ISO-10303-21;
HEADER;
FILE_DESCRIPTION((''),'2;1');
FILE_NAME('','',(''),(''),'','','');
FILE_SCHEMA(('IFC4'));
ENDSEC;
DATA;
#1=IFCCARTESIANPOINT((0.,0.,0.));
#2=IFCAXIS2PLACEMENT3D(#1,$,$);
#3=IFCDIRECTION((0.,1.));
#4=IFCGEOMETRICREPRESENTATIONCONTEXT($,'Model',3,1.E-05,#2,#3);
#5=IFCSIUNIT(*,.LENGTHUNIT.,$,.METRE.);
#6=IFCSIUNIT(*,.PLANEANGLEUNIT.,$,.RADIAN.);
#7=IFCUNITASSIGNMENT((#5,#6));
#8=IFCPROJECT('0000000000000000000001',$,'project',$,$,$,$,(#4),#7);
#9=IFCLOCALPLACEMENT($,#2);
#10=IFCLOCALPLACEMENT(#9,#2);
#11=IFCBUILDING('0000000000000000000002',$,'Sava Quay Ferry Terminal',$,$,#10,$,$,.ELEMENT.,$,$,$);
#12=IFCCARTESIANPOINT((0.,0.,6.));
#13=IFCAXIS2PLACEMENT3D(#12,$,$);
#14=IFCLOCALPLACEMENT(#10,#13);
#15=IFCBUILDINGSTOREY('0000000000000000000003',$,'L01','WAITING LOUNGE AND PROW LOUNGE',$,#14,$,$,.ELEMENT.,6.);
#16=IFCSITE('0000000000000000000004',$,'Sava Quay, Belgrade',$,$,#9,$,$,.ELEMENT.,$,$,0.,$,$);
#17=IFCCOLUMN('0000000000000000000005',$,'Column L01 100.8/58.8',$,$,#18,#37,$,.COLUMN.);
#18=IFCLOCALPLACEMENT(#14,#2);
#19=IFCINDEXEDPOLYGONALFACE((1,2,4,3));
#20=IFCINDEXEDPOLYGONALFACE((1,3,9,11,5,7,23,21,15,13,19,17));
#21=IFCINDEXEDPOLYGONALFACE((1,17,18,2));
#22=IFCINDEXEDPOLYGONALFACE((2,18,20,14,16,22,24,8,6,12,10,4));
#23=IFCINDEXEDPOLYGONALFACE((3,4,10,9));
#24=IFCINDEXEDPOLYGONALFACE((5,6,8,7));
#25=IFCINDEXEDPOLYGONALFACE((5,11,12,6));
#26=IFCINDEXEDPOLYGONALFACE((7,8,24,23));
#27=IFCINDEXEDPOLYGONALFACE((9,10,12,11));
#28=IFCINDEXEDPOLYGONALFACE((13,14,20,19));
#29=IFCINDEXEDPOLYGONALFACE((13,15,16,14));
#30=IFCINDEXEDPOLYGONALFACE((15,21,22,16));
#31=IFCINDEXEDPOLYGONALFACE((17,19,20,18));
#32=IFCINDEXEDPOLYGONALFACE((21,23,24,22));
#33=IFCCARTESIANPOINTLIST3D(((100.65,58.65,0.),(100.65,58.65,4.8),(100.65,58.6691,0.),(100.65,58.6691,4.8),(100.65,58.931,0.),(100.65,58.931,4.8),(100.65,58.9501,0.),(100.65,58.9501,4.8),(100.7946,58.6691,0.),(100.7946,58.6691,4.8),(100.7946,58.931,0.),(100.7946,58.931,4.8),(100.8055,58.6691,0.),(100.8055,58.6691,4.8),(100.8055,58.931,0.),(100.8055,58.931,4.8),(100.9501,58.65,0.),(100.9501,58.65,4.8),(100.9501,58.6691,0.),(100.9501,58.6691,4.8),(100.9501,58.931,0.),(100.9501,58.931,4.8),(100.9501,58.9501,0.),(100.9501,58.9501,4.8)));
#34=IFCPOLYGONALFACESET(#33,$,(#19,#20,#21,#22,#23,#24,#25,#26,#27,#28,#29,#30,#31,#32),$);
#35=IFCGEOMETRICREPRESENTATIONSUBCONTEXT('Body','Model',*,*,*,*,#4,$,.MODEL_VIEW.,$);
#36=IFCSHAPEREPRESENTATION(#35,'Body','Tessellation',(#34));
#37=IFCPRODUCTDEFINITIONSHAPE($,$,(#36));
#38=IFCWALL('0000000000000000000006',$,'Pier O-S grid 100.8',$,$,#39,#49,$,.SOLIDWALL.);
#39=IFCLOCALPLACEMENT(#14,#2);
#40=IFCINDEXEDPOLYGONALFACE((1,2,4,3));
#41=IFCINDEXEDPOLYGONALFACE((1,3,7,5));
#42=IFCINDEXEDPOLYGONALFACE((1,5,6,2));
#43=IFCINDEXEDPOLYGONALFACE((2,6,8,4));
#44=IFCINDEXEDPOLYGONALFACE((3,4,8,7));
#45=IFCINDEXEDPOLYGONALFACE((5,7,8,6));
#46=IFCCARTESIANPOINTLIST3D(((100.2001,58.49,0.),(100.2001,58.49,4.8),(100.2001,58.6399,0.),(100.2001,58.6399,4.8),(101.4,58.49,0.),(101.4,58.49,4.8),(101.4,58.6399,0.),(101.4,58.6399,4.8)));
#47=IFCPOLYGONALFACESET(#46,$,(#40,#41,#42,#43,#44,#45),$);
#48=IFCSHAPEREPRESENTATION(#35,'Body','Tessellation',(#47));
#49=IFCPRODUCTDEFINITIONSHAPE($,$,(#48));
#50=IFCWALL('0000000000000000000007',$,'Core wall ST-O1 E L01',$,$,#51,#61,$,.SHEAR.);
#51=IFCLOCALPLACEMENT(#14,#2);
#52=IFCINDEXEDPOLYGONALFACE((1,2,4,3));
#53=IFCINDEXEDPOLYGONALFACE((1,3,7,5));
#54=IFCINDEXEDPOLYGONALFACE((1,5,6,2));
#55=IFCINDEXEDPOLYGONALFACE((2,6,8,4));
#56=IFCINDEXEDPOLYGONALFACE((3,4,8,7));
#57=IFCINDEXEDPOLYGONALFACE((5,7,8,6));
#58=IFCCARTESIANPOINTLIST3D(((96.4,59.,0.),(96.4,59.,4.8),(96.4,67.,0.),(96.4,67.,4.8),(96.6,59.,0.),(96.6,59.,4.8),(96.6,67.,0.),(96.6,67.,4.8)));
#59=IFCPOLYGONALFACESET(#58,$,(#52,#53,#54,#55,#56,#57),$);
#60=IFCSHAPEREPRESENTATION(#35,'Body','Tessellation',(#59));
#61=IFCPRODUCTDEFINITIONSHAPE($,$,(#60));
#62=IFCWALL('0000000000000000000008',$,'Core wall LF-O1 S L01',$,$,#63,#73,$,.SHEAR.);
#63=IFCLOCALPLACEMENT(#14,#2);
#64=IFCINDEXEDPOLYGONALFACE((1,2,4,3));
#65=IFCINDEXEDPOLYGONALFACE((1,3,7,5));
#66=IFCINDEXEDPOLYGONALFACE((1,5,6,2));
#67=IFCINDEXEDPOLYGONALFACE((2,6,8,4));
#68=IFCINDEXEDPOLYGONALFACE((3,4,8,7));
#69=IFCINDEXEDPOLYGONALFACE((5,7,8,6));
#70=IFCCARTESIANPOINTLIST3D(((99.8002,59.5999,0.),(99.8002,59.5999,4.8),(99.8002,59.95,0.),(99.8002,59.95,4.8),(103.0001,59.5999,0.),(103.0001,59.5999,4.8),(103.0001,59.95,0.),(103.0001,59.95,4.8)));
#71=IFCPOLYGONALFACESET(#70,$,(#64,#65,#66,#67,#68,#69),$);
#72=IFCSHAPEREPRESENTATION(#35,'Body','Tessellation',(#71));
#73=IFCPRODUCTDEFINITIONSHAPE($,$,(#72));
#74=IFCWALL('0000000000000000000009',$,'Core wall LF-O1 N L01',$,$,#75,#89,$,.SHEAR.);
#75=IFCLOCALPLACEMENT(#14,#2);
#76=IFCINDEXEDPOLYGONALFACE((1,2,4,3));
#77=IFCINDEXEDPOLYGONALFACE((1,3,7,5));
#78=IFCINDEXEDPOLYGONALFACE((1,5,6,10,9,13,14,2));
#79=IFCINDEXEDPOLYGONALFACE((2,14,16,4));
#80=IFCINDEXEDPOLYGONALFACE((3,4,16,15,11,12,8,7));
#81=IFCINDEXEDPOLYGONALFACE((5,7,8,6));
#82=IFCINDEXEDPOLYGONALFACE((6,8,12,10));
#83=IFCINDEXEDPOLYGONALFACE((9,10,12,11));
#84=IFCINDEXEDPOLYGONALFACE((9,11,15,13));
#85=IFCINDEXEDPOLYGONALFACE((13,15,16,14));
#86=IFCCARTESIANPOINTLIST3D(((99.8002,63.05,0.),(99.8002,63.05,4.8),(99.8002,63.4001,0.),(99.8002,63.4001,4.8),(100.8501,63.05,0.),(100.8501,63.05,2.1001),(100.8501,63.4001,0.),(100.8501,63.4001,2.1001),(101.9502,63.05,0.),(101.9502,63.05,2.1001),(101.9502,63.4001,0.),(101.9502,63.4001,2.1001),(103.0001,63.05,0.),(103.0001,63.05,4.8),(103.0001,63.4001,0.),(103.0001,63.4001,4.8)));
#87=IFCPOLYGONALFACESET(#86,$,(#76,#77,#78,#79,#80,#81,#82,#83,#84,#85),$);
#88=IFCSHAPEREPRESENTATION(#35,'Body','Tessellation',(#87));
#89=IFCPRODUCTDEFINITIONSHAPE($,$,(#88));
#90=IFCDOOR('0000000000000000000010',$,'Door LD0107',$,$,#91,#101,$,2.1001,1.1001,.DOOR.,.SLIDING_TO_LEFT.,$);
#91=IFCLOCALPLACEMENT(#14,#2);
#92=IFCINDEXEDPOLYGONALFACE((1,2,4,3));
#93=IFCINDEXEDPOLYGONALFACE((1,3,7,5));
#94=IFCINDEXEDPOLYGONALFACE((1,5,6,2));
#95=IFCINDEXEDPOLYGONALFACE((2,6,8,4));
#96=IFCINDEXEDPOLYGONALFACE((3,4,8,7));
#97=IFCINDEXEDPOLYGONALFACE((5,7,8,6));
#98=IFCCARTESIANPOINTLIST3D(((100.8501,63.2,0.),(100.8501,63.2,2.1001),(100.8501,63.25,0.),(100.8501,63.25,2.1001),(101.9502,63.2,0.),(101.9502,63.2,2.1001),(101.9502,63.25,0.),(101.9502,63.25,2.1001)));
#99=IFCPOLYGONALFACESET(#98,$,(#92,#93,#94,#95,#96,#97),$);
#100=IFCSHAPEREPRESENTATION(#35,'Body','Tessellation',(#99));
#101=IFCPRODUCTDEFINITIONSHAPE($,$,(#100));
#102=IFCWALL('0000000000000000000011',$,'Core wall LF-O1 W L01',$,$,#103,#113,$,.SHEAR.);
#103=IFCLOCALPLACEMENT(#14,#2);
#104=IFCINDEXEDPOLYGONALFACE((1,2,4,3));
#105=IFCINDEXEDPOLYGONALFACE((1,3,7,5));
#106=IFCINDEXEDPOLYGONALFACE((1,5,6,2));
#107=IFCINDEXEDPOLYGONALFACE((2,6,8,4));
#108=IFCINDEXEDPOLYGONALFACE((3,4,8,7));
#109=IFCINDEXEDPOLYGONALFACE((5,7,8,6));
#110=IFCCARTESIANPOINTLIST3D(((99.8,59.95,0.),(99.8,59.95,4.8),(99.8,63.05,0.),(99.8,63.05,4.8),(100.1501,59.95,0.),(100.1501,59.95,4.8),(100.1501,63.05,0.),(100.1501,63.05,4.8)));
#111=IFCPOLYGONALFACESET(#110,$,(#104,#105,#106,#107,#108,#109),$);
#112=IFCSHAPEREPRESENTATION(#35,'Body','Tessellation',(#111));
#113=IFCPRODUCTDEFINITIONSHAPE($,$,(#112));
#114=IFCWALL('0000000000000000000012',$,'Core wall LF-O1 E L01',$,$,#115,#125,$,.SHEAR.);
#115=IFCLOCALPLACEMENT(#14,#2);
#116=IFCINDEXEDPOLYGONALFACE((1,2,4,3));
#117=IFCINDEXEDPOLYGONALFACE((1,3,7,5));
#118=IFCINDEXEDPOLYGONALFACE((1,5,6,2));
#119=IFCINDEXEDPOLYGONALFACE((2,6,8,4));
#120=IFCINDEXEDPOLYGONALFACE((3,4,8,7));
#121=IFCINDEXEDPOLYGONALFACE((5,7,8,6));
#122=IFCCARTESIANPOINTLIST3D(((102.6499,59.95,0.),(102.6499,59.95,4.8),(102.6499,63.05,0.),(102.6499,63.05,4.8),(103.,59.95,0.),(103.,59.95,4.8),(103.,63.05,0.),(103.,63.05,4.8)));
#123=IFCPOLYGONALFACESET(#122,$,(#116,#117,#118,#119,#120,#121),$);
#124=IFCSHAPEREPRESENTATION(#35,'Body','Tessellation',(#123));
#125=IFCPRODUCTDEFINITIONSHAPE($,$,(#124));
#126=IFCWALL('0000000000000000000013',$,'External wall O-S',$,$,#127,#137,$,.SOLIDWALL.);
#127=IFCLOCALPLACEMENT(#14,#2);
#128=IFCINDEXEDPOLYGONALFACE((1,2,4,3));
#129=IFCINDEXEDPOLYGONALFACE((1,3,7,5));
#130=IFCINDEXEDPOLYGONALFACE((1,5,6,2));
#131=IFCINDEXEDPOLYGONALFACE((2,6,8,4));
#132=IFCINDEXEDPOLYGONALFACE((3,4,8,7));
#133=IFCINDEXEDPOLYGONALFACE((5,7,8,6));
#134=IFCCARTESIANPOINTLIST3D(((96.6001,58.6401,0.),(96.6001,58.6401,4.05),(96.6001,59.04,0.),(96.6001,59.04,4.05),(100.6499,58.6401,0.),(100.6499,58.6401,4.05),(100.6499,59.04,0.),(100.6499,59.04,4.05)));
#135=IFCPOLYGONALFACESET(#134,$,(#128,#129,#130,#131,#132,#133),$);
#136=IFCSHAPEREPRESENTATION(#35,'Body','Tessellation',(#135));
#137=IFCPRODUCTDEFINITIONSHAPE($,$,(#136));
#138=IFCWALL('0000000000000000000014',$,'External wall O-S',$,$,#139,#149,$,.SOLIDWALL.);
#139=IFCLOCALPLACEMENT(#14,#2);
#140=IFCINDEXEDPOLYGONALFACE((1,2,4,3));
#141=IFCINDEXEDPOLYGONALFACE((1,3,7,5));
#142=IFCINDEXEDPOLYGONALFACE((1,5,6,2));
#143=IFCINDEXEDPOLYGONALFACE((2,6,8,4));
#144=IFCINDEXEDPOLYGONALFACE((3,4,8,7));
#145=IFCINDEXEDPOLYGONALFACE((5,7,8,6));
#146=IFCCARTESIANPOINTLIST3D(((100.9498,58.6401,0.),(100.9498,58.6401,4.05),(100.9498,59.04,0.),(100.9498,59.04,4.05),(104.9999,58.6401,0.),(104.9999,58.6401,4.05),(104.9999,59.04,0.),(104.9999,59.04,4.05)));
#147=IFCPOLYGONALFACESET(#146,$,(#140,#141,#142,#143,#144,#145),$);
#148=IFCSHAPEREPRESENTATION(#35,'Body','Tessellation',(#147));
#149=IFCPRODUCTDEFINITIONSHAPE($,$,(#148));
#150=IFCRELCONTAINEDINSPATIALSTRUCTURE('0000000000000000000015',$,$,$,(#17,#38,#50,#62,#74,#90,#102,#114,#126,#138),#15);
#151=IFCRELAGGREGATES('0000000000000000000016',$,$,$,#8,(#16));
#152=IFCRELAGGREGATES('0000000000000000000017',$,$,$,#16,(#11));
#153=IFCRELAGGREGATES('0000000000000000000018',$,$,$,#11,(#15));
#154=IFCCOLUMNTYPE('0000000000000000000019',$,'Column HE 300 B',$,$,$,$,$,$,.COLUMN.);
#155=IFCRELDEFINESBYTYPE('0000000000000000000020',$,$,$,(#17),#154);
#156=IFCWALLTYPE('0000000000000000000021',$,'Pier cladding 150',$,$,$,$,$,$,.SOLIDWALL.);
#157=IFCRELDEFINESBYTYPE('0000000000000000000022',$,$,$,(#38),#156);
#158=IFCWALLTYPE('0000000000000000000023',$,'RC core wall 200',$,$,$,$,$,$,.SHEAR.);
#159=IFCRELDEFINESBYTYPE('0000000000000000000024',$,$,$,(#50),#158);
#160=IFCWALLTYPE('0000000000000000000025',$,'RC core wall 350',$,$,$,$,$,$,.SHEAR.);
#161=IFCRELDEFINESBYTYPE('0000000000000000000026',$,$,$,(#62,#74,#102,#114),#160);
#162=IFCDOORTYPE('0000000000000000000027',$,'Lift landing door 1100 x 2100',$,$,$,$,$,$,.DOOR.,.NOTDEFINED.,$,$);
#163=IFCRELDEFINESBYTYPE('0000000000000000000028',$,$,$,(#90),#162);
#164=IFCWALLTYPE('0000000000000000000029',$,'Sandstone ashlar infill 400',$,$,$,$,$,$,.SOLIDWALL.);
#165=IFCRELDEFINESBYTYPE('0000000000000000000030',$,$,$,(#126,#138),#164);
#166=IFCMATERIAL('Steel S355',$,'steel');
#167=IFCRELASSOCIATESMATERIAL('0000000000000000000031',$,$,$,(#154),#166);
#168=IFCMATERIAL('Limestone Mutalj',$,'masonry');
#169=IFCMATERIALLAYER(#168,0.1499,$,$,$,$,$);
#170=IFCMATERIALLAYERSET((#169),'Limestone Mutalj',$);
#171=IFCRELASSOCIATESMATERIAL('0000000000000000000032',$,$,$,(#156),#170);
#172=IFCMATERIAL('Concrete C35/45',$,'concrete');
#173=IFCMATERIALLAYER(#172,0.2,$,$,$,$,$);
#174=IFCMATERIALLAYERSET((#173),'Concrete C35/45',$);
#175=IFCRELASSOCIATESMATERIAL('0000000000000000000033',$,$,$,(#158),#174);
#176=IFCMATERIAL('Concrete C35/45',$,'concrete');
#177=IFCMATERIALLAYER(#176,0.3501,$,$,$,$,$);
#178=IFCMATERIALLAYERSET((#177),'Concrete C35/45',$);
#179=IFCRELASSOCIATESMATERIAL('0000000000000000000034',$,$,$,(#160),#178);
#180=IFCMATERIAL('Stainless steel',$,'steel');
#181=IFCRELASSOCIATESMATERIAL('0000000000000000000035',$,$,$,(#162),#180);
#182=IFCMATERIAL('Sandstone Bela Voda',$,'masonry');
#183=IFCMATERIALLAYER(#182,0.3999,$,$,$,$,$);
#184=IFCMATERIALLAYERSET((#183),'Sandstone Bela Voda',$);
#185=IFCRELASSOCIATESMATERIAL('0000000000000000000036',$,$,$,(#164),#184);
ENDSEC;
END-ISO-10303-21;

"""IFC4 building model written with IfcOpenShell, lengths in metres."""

from ifc_helpers import new_model, si_unit, direction, frame, frame_2d, origin, origin_2d, place, context, subcontext, project, spatial, rectangle, i_section, extrude, material, layer, layer_set, material_profile, profile_set, type_object, element, fill, save


model = new_model("IFC4")

# Units and contexts
model_context = context("Model", 3, precision=1e-05, world=origin(), true_north=direction((0.0, 1.0)))
body_context = subcontext(model_context, "Body", "Model", "MODEL_VIEW")
ifc_project = project(units=[si_unit("LENGTHUNIT", "METRE"), si_unit("PLANEANGLEUNIT", "RADIAN")], contexts=[model_context])

# Site, building, storey
site_placement = place(None, origin())
site = spatial("IfcSite", under=ifc_project, at=site_placement, Name="Sava Quay, Belgrade", CompositionType="ELEMENT", RefElevation=0.0)
building_placement = place(site_placement, origin())
building = spatial("IfcBuilding", under=site, at=building_placement, Name="Sava Quay Ferry Terminal", CompositionType="ELEMENT")
storey_placement = place(building_placement, frame((0.0, 0.0, 6.0)))
storey = spatial("IfcBuildingStorey", under=building, at=storey_placement, Name="L01", Description="WAITING LOUNGE AND PROW LOUNGE", CompositionType="ELEMENT", Elevation=6.0)

# Column
ifc_material_1 = material(Name="Steel S355", Category="steel")
ifc_material_profile = material_profile(ifc_material_1, i_section(OverallWidth=0.3, OverallDepth=0.3, WebThickness=0.011, FlangeThickness=0.019, at=origin_2d()), Name="HE 300 B")
ifc_profile_set = profile_set([ifc_material_profile], Name="Steel S355")
column_type = type_object("IfcColumnType", Name="Column HE 300 B", PredefinedType="COLUMN", material=ifc_profile_set)
column_placement = place(storey_placement, frame((100.8, 58.8, 0.0), z_axis=(0.0, 0.0, 1.0), x_axis=(1.0, 0.0, 0.0)))
element("IfcColumn", 1, at=column_placement, inside=storey, type_object=column_type, Name="Column L01 100.8/58.8", PredefinedType="COLUMN", context=body_context, shape_type="SweptSolid", body=[
    extrude(i_section(OverallWidth=0.3, OverallDepth=0.3, WebThickness=0.011, FlangeThickness=0.019, at=origin_2d()), origin(), (0.0, 0.0, 1.0), 4.8),
])

# Walls
ifc_material_2 = material(Name="Limestone Mutalj", Category="masonry")
ifc_layer_1 = layer(ifc_material_2, 0.1499)
ifc_layer_set_1 = layer_set([ifc_layer_1], Name="Limestone Mutalj")
wall_type_1 = type_object("IfcWallType", Name="Pier cladding 150", PredefinedType="SOLIDWALL", material=ifc_layer_set_1)
wall_1_placement = place(storey_placement, frame((100.2, 58.5649, 0.0), z_axis=(0.0, 0.0, 1.0), x_axis=(1.0, 0.0, 0.0)))
element("IfcWall", 2, at=wall_1_placement, inside=storey, type_object=wall_type_1, Name="Pier O-S grid 100.8", PredefinedType="SOLIDWALL", context=body_context, shape_type="SweptSolid", body=[
    extrude(rectangle(XDim=1.2, YDim=0.1499, at=frame_2d((0.6001, 0.0))), origin(), (0.0, 0.0, 1.0), 4.8),
])
ifc_material_3 = material(Name="Concrete C35/45", Category="concrete")
ifc_layer_2 = layer(ifc_material_3, 0.2)
ifc_layer_set_2 = layer_set([ifc_layer_2], Name="Concrete C35/45")
wall_type_2 = type_object("IfcWallType", Name="RC core wall 200", PredefinedType="SHEAR", material=ifc_layer_set_2)
wall_2_placement = place(storey_placement, frame((96.5, 59.0, 0.0), z_axis=(0.0, 0.0, 1.0), x_axis=(0.0, 1.0, 0.0)))
element("IfcWall", 3, at=wall_2_placement, inside=storey, type_object=wall_type_2, Name="Core wall ST-O1 E L01", PredefinedType="SHEAR", context=body_context, shape_type="SweptSolid", body=[
    extrude(rectangle(XDim=8.0, YDim=0.2, at=frame_2d((4.0, 0.0))), origin(), (0.0, 0.0, 1.0), 4.8),
])
ifc_material_4 = material(Name="Concrete C35/45", Category="concrete")
ifc_layer_3 = layer(ifc_material_4, 0.3501)
ifc_layer_set_3 = layer_set([ifc_layer_3], Name="Concrete C35/45")
wall_type_3 = type_object("IfcWallType", Name="RC core wall 350", PredefinedType="SHEAR", material=ifc_layer_set_3)
wall_3_placement = place(storey_placement, frame((99.8, 59.7749, 0.0), z_axis=(0.0, 0.0, 1.0), x_axis=(1.0, 0.0, 0.0)))
element("IfcWall", 4, at=wall_3_placement, inside=storey, type_object=wall_type_3, Name="Core wall LF-O1 S L01", PredefinedType="SHEAR", context=body_context, shape_type="SweptSolid", body=[
    extrude(rectangle(XDim=3.2, YDim=0.3501, at=frame_2d((1.6001, 0.0))), origin(), (0.0, 0.0, 1.0), 4.8),
])

# Wall, opening, door
wall_4_placement = place(storey_placement, frame((99.8, 63.2251, 0.0), z_axis=(0.0, 0.0, 1.0), x_axis=(1.0, 0.0, 0.0)))
wall_4 = element("IfcWall", 5, at=wall_4_placement, inside=storey, type_object=wall_type_3, Name="Core wall LF-O1 N L01", PredefinedType="SHEAR", context=body_context, shape_type="SweptSolid", body=[
    extrude(rectangle(XDim=3.2, YDim=0.3501, at=frame_2d((1.6001, 0.0))), origin(), (0.0, 0.0, 1.0), 4.8),
])
opening_placement = place(wall_4_placement, frame((1.05, 0.0, 0.0)))
opening = element("IfcOpeningElement", 6, at=opening_placement, cuts=wall_4, PredefinedType="OPENING", context=body_context, shape_type="SweptSolid", body=[
    extrude(rectangle(XDim=1.1001, YDim=2.1001, at=frame_2d((0.55, 1.05))), frame((0.0, 0.175, 0.0), z_axis=(0.0, -1.0, 0.0), x_axis=(1.0, 0.0, 0.0)), (0.0, 0.0, 1.0), 0.3501),
])
ifc_material_5 = material(Name="Stainless steel", Category="steel")
door_type = type_object("IfcDoorType", Name="Lift landing door 1100 x 2100", OperationType="NOTDEFINED", PredefinedType="DOOR", material=ifc_material_5)
door_placement = place(opening_placement, origin())
door = element("IfcDoor", 7, at=door_placement, inside=storey, type_object=door_type, Name="Door LD0107", OperationType="SLIDING_TO_LEFT", OverallHeight=2.1001, OverallWidth=1.1001, PredefinedType="DOOR", context=body_context, shape_type="SweptSolid", body=[
    extrude(rectangle(XDim=1.1001, YDim=2.1001, at=frame_2d((0.55, 1.05))), frame((0.0, 0.0249, 0.0), z_axis=(0.0, -1.0, 0.0), x_axis=(1.0, 0.0, 0.0)), (0.0, 0.0, 1.0), 0.05),
])
fill(opening, door)

# Walls
for number, where, z_axis, x_axis, name in (
    (8, (99.9751, 59.95, 0.0), (0.0, 0.0, 1.0), (0.0, 1.0, 0.0), "Core wall LF-O1 W L01"),
    (9, (102.825, 59.95, 0.0), (0.0, 0.0, 1.0), (0.0, 1.0, 0.0), "Core wall LF-O1 E L01"),
):
    element("IfcWall", number, at=place(storey_placement, frame(where, z_axis=z_axis, x_axis=x_axis)), inside=storey, type_object=wall_type_3, Name=name, PredefinedType="SHEAR", context=body_context, shape_type="SweptSolid", body=[
        extrude(rectangle(XDim=3.1001, YDim=0.3501, at=frame_2d((1.55, 0.0))), origin(), (0.0, 0.0, 1.0), 4.8),
    ])
ifc_material_6 = material(Name="Sandstone Bela Voda", Category="masonry")
ifc_layer_4 = layer(ifc_material_6, 0.3999)
ifc_layer_set_4 = layer_set([ifc_layer_4], Name="Sandstone Bela Voda")
wall_type_4 = type_object("IfcWallType", Name="Sandstone ashlar infill 400", PredefinedType="SOLIDWALL", material=ifc_layer_set_4)
wall_5_placement = place(storey_placement, frame((96.6001, 58.8401, 0.0), z_axis=(0.0, 0.0, 1.0), x_axis=(1.0, 0.0, 0.0)))
element("IfcWall", 10, at=wall_5_placement, inside=storey, type_object=wall_type_4, Name="External wall O-S", PredefinedType="SOLIDWALL", context=body_context, shape_type="SweptSolid", body=[
    extrude(rectangle(XDim=4.0498, YDim=0.3999, at=frame_2d((2.0249, 0.0))), origin(), (0.0, 0.0, 1.0), 4.05),
])
wall_6_placement = place(storey_placement, frame((100.95, 58.8401, 0.0), z_axis=(0.0, 0.0, 1.0), x_axis=(1.0, 0.0, 0.0)))
element("IfcWall", 11, at=wall_6_placement, inside=storey, type_object=wall_type_4, Name="External wall O-S", PredefinedType="SOLIDWALL", context=body_context, shape_type="SweptSolid", body=[
    extrude(rectangle(XDim=4.05, YDim=0.3999, at=frame_2d((2.0249, 0.0))), origin(), (0.0, 0.0, 1.0), 4.05),
])

save(model, "model.ifc")
